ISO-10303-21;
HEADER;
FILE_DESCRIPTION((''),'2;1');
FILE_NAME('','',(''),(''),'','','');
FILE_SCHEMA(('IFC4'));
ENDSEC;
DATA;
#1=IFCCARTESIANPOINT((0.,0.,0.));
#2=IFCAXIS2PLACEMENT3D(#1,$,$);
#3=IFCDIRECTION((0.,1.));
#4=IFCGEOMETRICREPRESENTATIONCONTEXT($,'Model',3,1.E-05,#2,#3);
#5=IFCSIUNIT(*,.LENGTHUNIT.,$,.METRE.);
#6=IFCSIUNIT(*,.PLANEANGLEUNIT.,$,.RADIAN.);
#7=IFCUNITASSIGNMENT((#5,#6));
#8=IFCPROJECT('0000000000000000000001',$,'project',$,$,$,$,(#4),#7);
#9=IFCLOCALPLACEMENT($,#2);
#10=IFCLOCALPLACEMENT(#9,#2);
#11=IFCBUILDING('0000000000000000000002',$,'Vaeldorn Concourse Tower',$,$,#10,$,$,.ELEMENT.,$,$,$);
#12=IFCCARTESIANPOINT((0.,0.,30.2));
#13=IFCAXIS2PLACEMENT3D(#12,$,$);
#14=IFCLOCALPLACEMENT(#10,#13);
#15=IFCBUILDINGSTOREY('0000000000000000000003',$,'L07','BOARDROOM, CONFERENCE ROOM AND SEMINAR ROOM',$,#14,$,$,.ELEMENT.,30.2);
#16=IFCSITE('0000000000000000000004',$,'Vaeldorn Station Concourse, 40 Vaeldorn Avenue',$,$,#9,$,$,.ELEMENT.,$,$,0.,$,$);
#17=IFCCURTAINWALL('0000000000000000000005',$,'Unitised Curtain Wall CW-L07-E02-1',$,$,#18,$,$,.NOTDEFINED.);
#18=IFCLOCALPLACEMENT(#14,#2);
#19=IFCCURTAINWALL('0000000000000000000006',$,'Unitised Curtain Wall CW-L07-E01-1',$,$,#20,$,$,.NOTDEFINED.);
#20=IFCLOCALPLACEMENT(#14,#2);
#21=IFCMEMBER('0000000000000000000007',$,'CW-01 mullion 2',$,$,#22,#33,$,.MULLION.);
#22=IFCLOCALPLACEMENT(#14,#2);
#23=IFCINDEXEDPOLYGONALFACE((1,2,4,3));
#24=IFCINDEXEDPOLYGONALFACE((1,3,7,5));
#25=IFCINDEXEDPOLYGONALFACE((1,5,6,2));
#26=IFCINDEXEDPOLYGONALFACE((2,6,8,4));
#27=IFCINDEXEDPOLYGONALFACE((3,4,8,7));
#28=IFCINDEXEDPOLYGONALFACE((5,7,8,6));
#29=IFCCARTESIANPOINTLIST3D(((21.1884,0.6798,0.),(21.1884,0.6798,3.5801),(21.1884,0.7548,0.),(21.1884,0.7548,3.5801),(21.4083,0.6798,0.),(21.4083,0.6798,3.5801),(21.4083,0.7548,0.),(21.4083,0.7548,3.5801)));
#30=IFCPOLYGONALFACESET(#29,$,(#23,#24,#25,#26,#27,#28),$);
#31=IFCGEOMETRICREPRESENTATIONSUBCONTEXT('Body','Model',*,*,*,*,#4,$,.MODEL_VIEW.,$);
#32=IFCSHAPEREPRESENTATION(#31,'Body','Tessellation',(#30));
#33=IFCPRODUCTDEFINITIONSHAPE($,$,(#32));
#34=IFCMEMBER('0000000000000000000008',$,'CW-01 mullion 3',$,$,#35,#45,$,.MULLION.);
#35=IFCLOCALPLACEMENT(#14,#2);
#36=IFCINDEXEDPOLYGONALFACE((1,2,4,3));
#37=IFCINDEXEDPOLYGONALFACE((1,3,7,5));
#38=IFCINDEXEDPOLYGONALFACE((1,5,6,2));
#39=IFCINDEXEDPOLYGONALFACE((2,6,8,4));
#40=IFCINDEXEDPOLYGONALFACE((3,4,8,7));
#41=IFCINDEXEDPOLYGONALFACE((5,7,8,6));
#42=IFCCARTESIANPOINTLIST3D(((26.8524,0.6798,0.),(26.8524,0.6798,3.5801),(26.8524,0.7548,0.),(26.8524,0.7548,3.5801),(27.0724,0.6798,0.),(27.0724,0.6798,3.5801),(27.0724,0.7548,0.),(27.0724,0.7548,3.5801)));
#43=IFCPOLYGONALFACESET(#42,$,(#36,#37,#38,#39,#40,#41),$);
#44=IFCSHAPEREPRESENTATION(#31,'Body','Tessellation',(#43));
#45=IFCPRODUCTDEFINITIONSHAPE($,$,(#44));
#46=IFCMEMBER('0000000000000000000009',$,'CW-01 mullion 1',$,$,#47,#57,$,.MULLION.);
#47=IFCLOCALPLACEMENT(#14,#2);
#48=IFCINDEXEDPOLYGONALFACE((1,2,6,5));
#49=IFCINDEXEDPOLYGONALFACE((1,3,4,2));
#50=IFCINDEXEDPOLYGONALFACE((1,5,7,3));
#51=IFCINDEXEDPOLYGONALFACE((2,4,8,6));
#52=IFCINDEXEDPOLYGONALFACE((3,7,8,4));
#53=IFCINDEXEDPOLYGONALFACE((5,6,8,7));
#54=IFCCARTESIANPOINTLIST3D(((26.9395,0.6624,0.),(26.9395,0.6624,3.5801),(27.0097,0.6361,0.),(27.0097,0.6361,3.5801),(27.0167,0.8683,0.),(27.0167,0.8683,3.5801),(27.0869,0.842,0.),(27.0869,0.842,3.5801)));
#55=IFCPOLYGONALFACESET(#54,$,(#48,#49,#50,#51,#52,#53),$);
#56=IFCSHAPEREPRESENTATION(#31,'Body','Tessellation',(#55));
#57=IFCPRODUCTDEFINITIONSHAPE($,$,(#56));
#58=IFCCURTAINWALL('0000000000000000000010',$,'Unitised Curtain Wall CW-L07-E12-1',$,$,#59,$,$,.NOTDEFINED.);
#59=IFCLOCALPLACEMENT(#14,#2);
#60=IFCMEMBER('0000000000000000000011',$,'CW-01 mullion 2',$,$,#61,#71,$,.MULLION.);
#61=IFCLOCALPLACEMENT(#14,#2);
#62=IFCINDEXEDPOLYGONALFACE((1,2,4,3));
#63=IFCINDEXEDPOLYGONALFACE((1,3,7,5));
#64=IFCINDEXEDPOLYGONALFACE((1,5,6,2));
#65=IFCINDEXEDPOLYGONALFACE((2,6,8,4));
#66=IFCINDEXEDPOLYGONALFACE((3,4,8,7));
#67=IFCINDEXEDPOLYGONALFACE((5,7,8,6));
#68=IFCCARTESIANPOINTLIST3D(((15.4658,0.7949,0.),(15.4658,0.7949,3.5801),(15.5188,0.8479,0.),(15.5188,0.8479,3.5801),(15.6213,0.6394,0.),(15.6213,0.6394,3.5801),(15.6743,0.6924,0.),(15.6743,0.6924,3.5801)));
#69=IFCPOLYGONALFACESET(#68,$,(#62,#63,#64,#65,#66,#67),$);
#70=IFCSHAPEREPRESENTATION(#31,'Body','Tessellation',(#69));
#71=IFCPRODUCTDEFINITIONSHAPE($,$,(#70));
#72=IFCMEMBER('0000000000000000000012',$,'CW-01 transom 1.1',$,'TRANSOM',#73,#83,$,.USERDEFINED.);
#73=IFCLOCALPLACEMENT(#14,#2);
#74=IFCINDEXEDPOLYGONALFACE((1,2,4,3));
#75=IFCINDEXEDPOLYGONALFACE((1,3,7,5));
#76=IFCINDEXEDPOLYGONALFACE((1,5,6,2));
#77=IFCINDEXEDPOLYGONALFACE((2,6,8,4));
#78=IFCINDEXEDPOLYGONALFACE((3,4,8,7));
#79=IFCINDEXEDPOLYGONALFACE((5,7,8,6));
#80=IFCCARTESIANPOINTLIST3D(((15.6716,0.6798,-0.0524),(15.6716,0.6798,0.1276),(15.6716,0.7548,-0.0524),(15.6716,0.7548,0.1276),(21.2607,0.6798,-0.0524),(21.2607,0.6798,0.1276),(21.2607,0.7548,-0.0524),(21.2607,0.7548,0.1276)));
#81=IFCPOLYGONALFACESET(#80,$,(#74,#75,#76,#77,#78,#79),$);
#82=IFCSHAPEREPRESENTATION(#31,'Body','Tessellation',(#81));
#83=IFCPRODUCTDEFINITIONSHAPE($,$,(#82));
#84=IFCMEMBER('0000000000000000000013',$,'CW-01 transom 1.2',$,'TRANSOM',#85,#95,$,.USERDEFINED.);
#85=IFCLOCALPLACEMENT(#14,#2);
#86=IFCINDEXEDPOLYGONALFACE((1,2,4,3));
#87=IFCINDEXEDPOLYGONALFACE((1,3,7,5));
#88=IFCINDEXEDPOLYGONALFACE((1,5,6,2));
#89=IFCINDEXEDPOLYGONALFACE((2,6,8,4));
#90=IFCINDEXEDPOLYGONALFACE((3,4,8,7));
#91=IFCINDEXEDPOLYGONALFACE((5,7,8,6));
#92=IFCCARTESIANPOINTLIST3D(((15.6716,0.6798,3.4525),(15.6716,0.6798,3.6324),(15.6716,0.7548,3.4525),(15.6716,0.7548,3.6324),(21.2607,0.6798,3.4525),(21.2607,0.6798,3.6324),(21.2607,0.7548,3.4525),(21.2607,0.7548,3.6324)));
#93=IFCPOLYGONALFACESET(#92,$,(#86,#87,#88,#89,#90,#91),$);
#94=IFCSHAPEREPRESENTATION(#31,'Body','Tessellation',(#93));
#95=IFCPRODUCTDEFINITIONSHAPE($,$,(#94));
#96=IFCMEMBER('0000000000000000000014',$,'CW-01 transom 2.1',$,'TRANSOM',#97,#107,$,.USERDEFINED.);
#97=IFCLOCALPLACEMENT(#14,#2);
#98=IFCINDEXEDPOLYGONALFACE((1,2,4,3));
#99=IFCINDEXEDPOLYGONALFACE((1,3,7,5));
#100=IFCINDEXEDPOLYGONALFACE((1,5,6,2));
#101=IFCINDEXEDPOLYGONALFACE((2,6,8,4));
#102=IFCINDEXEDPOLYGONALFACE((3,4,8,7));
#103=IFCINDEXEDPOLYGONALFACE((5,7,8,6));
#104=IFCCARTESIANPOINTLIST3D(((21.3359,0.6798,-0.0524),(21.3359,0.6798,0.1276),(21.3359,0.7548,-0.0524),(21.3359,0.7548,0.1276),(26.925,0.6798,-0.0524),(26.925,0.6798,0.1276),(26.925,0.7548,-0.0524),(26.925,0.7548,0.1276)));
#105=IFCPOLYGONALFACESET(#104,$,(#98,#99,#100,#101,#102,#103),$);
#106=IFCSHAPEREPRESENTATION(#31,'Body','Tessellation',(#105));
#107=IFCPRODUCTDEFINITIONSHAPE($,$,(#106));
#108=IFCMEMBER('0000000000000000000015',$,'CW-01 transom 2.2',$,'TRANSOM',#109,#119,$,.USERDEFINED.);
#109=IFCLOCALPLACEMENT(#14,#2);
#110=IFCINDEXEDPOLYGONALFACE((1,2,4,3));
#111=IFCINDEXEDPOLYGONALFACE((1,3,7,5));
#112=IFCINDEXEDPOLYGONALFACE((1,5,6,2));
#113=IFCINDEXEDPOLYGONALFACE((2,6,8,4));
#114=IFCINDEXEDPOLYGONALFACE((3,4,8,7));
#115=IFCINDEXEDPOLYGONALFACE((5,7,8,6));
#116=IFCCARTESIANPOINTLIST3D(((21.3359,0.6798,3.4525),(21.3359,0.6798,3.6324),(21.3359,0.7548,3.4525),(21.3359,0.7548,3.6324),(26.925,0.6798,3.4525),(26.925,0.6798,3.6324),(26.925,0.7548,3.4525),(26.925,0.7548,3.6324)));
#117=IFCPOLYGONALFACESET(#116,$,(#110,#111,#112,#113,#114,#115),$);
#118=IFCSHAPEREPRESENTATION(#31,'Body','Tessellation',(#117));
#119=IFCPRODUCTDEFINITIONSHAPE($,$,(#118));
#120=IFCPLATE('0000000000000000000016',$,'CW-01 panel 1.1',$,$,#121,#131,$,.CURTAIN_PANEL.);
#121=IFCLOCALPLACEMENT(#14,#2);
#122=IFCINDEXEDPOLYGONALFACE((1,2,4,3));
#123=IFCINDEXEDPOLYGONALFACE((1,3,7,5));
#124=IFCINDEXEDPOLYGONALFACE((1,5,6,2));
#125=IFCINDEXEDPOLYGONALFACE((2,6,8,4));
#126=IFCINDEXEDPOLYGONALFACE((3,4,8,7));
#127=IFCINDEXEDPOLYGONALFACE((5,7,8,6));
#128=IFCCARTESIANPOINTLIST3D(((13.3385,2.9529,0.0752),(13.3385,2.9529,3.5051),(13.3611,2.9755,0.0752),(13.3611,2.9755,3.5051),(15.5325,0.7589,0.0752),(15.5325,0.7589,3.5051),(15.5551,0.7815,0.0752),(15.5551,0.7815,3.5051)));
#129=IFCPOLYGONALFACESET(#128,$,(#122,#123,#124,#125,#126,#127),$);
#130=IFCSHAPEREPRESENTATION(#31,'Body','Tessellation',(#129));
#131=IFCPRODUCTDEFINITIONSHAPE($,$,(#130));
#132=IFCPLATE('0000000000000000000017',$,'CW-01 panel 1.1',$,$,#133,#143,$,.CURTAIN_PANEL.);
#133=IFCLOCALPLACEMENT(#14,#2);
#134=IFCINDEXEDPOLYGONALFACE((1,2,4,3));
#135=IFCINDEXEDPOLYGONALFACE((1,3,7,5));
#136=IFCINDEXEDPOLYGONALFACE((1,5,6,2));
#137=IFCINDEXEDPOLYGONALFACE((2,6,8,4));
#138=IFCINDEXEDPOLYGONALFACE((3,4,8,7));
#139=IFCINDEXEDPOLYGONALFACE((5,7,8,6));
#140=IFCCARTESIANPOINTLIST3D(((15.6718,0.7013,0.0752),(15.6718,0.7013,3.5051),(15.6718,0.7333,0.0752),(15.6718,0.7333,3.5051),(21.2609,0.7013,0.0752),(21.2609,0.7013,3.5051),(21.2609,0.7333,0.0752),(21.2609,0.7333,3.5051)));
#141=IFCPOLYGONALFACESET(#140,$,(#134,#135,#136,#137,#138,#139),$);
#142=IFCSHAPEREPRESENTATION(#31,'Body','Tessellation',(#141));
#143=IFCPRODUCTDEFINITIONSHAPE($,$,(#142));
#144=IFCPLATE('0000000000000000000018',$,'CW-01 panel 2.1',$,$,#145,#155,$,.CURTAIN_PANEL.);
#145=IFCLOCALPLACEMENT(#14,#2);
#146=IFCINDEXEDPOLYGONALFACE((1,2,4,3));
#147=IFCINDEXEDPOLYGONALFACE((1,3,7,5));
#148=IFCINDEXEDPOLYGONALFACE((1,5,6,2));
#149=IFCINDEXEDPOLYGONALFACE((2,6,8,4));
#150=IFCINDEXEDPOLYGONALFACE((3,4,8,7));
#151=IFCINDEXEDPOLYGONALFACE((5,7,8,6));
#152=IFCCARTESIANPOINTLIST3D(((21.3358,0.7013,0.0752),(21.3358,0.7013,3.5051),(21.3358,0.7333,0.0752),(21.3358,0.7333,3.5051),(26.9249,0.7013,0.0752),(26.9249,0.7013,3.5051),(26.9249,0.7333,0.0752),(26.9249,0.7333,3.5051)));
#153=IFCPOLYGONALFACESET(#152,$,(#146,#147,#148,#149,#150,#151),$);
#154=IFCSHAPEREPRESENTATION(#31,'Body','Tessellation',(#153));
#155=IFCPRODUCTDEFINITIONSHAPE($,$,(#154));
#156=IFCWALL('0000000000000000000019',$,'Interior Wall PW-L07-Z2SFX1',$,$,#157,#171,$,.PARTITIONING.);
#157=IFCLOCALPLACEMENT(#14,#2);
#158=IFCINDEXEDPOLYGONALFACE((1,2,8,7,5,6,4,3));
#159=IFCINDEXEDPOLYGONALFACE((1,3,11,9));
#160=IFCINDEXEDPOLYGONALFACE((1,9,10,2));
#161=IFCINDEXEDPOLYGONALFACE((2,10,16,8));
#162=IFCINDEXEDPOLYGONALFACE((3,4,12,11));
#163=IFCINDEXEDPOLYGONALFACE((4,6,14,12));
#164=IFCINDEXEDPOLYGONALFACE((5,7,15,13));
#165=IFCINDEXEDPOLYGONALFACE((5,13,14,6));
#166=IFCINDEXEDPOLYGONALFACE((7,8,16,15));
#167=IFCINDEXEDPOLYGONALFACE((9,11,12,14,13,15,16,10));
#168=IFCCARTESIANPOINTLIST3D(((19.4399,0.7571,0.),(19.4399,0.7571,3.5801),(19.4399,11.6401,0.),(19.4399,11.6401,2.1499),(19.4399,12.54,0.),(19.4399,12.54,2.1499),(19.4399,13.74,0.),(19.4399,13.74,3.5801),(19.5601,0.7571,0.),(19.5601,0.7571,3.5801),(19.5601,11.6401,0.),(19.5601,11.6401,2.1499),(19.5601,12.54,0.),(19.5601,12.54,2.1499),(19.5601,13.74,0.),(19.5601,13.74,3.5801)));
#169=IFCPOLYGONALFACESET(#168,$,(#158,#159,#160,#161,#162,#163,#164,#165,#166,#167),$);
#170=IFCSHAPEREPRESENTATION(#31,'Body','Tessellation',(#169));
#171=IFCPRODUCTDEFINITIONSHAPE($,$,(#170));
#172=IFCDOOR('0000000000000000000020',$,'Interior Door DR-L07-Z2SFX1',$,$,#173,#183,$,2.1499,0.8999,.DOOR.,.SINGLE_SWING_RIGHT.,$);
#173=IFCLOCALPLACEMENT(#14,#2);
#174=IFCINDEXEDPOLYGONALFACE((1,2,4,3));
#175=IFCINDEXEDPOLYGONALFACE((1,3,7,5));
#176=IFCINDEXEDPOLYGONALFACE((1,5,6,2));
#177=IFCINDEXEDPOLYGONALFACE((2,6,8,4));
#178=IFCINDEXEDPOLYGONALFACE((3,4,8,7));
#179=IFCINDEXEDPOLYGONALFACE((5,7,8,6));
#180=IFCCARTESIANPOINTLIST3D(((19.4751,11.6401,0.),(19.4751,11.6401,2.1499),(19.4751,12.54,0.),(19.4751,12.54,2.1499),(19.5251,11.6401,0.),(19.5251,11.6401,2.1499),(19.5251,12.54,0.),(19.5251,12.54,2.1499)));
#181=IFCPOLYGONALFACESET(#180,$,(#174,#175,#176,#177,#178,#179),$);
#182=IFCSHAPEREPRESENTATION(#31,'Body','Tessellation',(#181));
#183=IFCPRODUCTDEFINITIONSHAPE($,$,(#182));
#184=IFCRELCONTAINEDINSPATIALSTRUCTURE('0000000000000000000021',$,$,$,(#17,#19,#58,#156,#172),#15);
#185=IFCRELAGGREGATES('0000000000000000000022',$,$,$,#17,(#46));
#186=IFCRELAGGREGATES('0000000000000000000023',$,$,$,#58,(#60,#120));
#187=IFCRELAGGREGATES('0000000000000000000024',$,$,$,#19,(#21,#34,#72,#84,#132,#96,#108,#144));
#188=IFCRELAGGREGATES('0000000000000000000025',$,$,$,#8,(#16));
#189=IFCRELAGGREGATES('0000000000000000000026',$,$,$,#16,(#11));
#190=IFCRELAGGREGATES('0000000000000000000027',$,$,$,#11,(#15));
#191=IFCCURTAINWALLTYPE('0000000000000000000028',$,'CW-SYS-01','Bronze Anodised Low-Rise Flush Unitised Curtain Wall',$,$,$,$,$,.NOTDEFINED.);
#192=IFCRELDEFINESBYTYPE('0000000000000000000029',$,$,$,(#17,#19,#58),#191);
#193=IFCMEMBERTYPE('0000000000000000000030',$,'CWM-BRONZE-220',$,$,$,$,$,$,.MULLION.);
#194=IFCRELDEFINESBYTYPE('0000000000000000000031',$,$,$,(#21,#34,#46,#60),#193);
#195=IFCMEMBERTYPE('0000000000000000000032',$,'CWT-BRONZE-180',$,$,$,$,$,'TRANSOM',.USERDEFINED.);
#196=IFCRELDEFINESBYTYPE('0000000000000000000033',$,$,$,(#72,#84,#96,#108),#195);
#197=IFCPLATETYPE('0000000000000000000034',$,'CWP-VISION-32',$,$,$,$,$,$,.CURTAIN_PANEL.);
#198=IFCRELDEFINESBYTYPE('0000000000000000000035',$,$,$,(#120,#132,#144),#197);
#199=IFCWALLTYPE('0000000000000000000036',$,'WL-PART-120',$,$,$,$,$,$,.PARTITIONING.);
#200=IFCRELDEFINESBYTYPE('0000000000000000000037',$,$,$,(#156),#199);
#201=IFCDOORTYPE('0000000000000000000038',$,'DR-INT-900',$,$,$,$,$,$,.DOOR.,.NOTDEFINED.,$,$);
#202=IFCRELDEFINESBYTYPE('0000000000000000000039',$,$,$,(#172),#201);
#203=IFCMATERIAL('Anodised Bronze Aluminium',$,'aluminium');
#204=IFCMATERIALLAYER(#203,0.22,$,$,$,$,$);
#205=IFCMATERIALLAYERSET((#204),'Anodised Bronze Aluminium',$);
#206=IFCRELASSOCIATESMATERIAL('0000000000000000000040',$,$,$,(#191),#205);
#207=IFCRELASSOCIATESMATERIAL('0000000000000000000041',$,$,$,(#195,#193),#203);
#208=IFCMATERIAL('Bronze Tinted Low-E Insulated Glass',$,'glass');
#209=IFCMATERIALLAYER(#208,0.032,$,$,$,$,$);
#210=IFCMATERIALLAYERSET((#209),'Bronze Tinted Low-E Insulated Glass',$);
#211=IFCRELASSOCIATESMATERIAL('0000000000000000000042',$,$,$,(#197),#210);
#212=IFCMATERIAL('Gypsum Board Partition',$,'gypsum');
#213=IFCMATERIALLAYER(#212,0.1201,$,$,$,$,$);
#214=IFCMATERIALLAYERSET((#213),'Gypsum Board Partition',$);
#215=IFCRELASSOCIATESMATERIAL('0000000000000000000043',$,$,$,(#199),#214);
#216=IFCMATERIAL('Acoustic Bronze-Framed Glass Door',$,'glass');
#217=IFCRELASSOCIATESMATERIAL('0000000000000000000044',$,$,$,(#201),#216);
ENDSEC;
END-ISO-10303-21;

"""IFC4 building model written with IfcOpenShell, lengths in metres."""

from ifc_helpers import new_model, si_unit, direction, frame, frame_2d, origin, origin_2d, place, context, subcontext, project, spatial, rectangle, extrude, source, transform, mapped, material, layer, layer_set, material_profile, profile_set, type_object, element, fill, aggregate, save


model = new_model("IFC4")

# Units and contexts
model_context = context("Model", 3, precision=1e-05, world=origin(), true_north=direction((0.0, 1.0)))
body_context = subcontext(model_context, "Body", "Model", "MODEL_VIEW")
ifc_project = project(units=[si_unit("LENGTHUNIT", "METRE"), si_unit("PLANEANGLEUNIT", "RADIAN")], contexts=[model_context])

# Site, building, storey
site_placement = place(None, origin())
site = spatial("IfcSite", under=ifc_project, at=site_placement, Name="Vaeldorn Station Concourse, 40 Vaeldorn Avenue", CompositionType="ELEMENT", RefElevation=0.0)
building_placement = place(site_placement, origin())
building = spatial("IfcBuilding", under=site, at=building_placement, Name="Vaeldorn Concourse Tower", CompositionType="ELEMENT")
storey_placement = place(building_placement, frame((0.0, 0.0, 30.2)))
storey = spatial("IfcBuildingStorey", under=building, at=storey_placement, Name="L07", Description="BOARDROOM, CONFERENCE ROOM AND SEMINAR ROOM", CompositionType="ELEMENT", Elevation=30.2)

# Curtain walls, members
ifc_material_1 = material(Name="Anodised Bronze Aluminium", Category="aluminium")
ifc_layer_1 = layer(ifc_material_1, 0.22)
ifc_layer_set_1 = layer_set([ifc_layer_1], Name="Anodised Bronze Aluminium")
curtain_wall_type = type_object("IfcCurtainWallType", Name="CW-SYS-01", Description="Bronze Anodised Low-Rise Flush Unitised Curtain Wall", PredefinedType="NOTDEFINED", material=ifc_layer_set_1)
curtain_wall_1_placement = place(storey_placement, origin())
curtain_wall_1 = element("IfcCurtainWall", 1, at=curtain_wall_1_placement, inside=storey, type_object=curtain_wall_type, Name="Unitised Curtain Wall CW-L07-E02-1", PredefinedType="NOTDEFINED")
ifc_material_profile_1 = material_profile(ifc_material_1, rectangle(XDim=0.075, YDim=0.1799, at=origin_2d()), Name="CWT 75x180")
ifc_profile_set_1 = profile_set([ifc_material_profile_1], Name="Anodised Bronze Aluminium")
member_type_1 = type_object("IfcMemberType", Name="CWT-BRONZE-180", ElementType="TRANSOM", PredefinedType="USERDEFINED", material=ifc_profile_set_1)
curtain_wall_2_placement = place(storey_placement, origin())
curtain_wall_2 = element("IfcCurtainWall", 2, at=curtain_wall_2_placement, inside=storey, type_object=curtain_wall_type, Name="Unitised Curtain Wall CW-L07-E01-1", PredefinedType="NOTDEFINED")
ifc_material_profile_2 = material_profile(ifc_material_1, rectangle(XDim=0.075, YDim=0.22, at=origin_2d()), Name="CWM 75x220")
ifc_profile_set_2 = profile_set([ifc_material_profile_2], Name="Anodised Bronze Aluminium")
member_type_2 = type_object("IfcMemberType", Name="CWM-BRONZE-220", PredefinedType="MULLION", material=ifc_profile_set_2)
shared_shape_1 = source(origin(), body_context, "Body", "SweptSolid", [
    extrude(rectangle(XDim=0.075, YDim=0.22, at=origin_2d()), origin(), (0.0, 0.0, 1.0), 3.5801),
])
member_1_placement = place(storey_placement, frame((21.2983, 0.7173, 0.0), z_axis=(0.0, 0.0, 1.0), x_axis=(0.0, 1.0, 0.0)))
member_1 = element("IfcMember", 3, at=member_1_placement, type_object=member_type_2, Name="CW-01 mullion 2", PredefinedType="MULLION", context=body_context, shape_type="MappedRepresentation", body=[
    mapped(shared_shape_1, transform((0.0, 0.0, 0.0), scale=1.0)),
])
member_2_placement = place(storey_placement, frame((26.9624, 0.7173, 0.0), z_axis=(0.0, 0.0, 1.0), x_axis=(0.0, 1.0, 0.0)))
member_2 = element("IfcMember", 4, at=member_2_placement, type_object=member_type_2, Name="CW-01 mullion 3", PredefinedType="MULLION", context=body_context, shape_type="MappedRepresentation", body=[
    mapped(shared_shape_1, transform((0.0, 0.0, 0.0), scale=1.0)),
])

# Member
member_3_placement = place(storey_placement, frame((27.0132, 0.7522, 0.0), z_axis=(0.0, 0.0, 1.0), x_axis=(-0.936329, 0.351123, 0.0)))
member_3 = element("IfcMember", 5, at=member_3_placement, type_object=member_type_2, Name="CW-01 mullion 1", PredefinedType="MULLION", context=body_context, shape_type="MappedRepresentation", body=[
    mapped(shared_shape_1, transform((0.0, 0.0, 0.0), scale=1.0)),
])
aggregate(curtain_wall_1, [member_3])

# Curtain wall, member
curtain_wall_3_placement = place(storey_placement, origin())
curtain_wall_3 = element("IfcCurtainWall", 6, at=curtain_wall_3_placement, inside=storey, type_object=curtain_wall_type, Name="Unitised Curtain Wall CW-L07-E12-1", PredefinedType="NOTDEFINED")
member_4_placement = place(storey_placement, frame((15.5701, 0.7437, 0.0), z_axis=(0.0, 0.0, 1.0), x_axis=(0.707107, 0.707107, 0.0)))
member_4 = element("IfcMember", 7, at=member_4_placement, type_object=member_type_2, Name="CW-01 mullion 2", PredefinedType="MULLION", context=body_context, shape_type="MappedRepresentation", body=[
    mapped(shared_shape_1, transform((0.0, 0.0, 0.0), scale=1.0)),
])

# Members
shared_shape_2 = source(origin(), body_context, "Body", "SweptSolid", [
    extrude(rectangle(XDim=0.075, YDim=0.1799, at=origin_2d()), origin(), (0.0, 0.0, 1.0), 5.5891),
])
member_5_placement = place(storey_placement, frame((15.6716, 0.7173, 0.0376), z_axis=(1.0, 0.0, 0.0), x_axis=(0.0, 1.0, 0.0)))
member_5 = element("IfcMember", 8, at=member_5_placement, type_object=member_type_1, Name="CW-01 transom 1.1", ObjectType="TRANSOM", PredefinedType="USERDEFINED", context=body_context, shape_type="MappedRepresentation", body=[
    mapped(shared_shape_2, transform((0.0, 0.0, 0.0), scale=1.0)),
])
member_6_placement = place(storey_placement, frame((15.6716, 0.7173, 3.5425), z_axis=(1.0, 0.0, 0.0), x_axis=(0.0, 1.0, 0.0)))
member_6 = element("IfcMember", 9, at=member_6_placement, type_object=member_type_1, Name="CW-01 transom 1.2", ObjectType="TRANSOM", PredefinedType="USERDEFINED", context=body_context, shape_type="MappedRepresentation", body=[
    mapped(shared_shape_2, transform((0.0, 0.0, 0.0), scale=1.0)),
])
member_7_placement = place(storey_placement, frame((21.3359, 0.7173, 0.0376), z_axis=(1.0, 0.0, 0.0), x_axis=(0.0, 1.0, 0.0)))
member_7 = element("IfcMember", 10, at=member_7_placement, type_object=member_type_1, Name="CW-01 transom 2.1", ObjectType="TRANSOM", PredefinedType="USERDEFINED", context=body_context, shape_type="MappedRepresentation", body=[
    mapped(shared_shape_2, transform((0.0, 0.0, 0.0), scale=1.0)),
])
member_8_placement = place(storey_placement, frame((21.3359, 0.7173, 3.5425), z_axis=(1.0, 0.0, 0.0), x_axis=(0.0, 1.0, 0.0)))
member_8 = element("IfcMember", 11, at=member_8_placement, type_object=member_type_1, Name="CW-01 transom 2.2", ObjectType="TRANSOM", PredefinedType="USERDEFINED", context=body_context, shape_type="MappedRepresentation", body=[
    mapped(shared_shape_2, transform((0.0, 0.0, 0.0), scale=1.0)),
])

# Plates
ifc_material_2 = material(Name="Bronze Tinted Low-E Insulated Glass", Category="glass")
ifc_layer_2 = layer(ifc_material_2, 0.032)
ifc_layer_set_2 = layer_set([ifc_layer_2], Name="Bronze Tinted Low-E Insulated Glass")
plate_type = type_object("IfcPlateType", Name="CWP-VISION-32", PredefinedType="CURTAIN_PANEL", material=ifc_layer_set_2)
shared_shape_3 = source(origin(), body_context, "Body", "SweptSolid", [
    extrude(rectangle(XDim=3.1028, YDim=0.032, at=origin_2d()), origin(), (0.0, 0.0, 1.0), 3.4299),
])
plate_1_placement = place(storey_placement, frame((14.4468, 1.8672, 0.0752), z_axis=(0.0, 0.0, 1.0), x_axis=(0.707107, -0.707107, 0.0)))
plate_1 = element("IfcPlate", 12, at=plate_1_placement, type_object=plate_type, Name="CW-01 panel 1.1", PredefinedType="CURTAIN_PANEL", context=body_context, shape_type="MappedRepresentation", body=[
    mapped(shared_shape_3, transform((0.0, 0.0, 0.0), scale=1.0)),
])
aggregate(curtain_wall_3, [member_4, plate_1])
shared_shape_4 = source(origin(), body_context, "Body", "SweptSolid", [
    extrude(rectangle(XDim=5.5891, YDim=0.032, at=origin_2d()), origin(), (0.0, 0.0, 1.0), 3.4299),
])
plate_2_placement = place(storey_placement, frame((18.4663, 0.7173, 0.0752), z_axis=(0.0, 0.0, 1.0), x_axis=(1.0, 0.0, 0.0)))
plate_2 = element("IfcPlate", 13, at=plate_2_placement, type_object=plate_type, Name="CW-01 panel 1.1", PredefinedType="CURTAIN_PANEL", context=body_context, shape_type="MappedRepresentation", body=[
    mapped(shared_shape_4, transform((0.0, 0.0, 0.0), scale=1.0)),
])
plate_3_placement = place(storey_placement, frame((24.1304, 0.7173, 0.0752), z_axis=(0.0, 0.0, 1.0), x_axis=(1.0, 0.0, 0.0)))
plate_3 = element("IfcPlate", 14, at=plate_3_placement, type_object=plate_type, Name="CW-01 panel 2.1", PredefinedType="CURTAIN_PANEL", context=body_context, shape_type="MappedRepresentation", body=[
    mapped(shared_shape_4, transform((0.0, 0.0, 0.0), scale=1.0)),
])
aggregate(curtain_wall_2, [member_1, member_2, member_5, member_6, plate_2, member_7, member_8, plate_3])

# Wall, opening, door
ifc_material_3 = material(Name="Gypsum Board Partition", Category="gypsum")
ifc_layer_3 = layer(ifc_material_3, 0.1201)
ifc_layer_set_3 = layer_set([ifc_layer_3], Name="Gypsum Board Partition")
wall_type = type_object("IfcWallType", Name="WL-PART-120", PredefinedType="PARTITIONING", material=ifc_layer_set_3)
wall_placement = place(storey_placement, frame((19.5, 0.7571, 0.0), z_axis=(0.0, 0.0, 1.0), x_axis=(0.0, 1.0, 0.0)))
wall = element("IfcWall", 15, at=wall_placement, inside=storey, type_object=wall_type, Name="Interior Wall PW-L07-Z2SFX1", PredefinedType="PARTITIONING", context=body_context, shape_type="SweptSolid", body=[
    extrude(rectangle(XDim=12.9829, YDim=0.1201, at=frame_2d((6.4915, 0.0))), origin(), (0.0, 0.0, 1.0), 3.5801),
])
opening_placement = place(wall_placement, frame((10.8831, 0.0, 0.0)))
opening = element("IfcOpeningElement", 16, at=opening_placement, cuts=wall, PredefinedType="OPENING", context=body_context, shape_type="SweptSolid", body=[
    extrude(rectangle(XDim=0.8999, YDim=2.1499, at=frame_2d((0.45, 1.075))), frame((0.0, 0.0701, 0.0), z_axis=(0.0, -1.0, 0.0), x_axis=(1.0, 0.0, 0.0)), (0.0, 0.0, 1.0), 0.1401),
])
ifc_material_4 = material(Name="Acoustic Bronze-Framed Glass Door", Category="glass")
door_type = type_object("IfcDoorType", Name="DR-INT-900", OperationType="NOTDEFINED", PredefinedType="DOOR", material=ifc_material_4)
shared_shape_5 = source(origin(), body_context, "Body", "SweptSolid", [
    extrude(rectangle(XDim=0.8999, YDim=2.1499, at=frame_2d((0.45, 1.075))), frame((0.0, 0.0249, 0.0), z_axis=(0.0, -1.0, 0.0), x_axis=(1.0, 0.0, 0.0)), (0.0, 0.0, 1.0), 0.05),
])
door_placement = place(opening_placement, origin())
door = element("IfcDoor", 17, at=door_placement, inside=storey, type_object=door_type, Name="Interior Door DR-L07-Z2SFX1", OperationType="SINGLE_SWING_RIGHT", OverallHeight=2.1499, OverallWidth=0.8999, PredefinedType="DOOR", context=body_context, shape_type="MappedRepresentation", body=[
    mapped(shared_shape_5, transform((0.0, 0.0, 0.0), scale=1.0)),
])
fill(opening, door)

save(model, "model.ifc")
